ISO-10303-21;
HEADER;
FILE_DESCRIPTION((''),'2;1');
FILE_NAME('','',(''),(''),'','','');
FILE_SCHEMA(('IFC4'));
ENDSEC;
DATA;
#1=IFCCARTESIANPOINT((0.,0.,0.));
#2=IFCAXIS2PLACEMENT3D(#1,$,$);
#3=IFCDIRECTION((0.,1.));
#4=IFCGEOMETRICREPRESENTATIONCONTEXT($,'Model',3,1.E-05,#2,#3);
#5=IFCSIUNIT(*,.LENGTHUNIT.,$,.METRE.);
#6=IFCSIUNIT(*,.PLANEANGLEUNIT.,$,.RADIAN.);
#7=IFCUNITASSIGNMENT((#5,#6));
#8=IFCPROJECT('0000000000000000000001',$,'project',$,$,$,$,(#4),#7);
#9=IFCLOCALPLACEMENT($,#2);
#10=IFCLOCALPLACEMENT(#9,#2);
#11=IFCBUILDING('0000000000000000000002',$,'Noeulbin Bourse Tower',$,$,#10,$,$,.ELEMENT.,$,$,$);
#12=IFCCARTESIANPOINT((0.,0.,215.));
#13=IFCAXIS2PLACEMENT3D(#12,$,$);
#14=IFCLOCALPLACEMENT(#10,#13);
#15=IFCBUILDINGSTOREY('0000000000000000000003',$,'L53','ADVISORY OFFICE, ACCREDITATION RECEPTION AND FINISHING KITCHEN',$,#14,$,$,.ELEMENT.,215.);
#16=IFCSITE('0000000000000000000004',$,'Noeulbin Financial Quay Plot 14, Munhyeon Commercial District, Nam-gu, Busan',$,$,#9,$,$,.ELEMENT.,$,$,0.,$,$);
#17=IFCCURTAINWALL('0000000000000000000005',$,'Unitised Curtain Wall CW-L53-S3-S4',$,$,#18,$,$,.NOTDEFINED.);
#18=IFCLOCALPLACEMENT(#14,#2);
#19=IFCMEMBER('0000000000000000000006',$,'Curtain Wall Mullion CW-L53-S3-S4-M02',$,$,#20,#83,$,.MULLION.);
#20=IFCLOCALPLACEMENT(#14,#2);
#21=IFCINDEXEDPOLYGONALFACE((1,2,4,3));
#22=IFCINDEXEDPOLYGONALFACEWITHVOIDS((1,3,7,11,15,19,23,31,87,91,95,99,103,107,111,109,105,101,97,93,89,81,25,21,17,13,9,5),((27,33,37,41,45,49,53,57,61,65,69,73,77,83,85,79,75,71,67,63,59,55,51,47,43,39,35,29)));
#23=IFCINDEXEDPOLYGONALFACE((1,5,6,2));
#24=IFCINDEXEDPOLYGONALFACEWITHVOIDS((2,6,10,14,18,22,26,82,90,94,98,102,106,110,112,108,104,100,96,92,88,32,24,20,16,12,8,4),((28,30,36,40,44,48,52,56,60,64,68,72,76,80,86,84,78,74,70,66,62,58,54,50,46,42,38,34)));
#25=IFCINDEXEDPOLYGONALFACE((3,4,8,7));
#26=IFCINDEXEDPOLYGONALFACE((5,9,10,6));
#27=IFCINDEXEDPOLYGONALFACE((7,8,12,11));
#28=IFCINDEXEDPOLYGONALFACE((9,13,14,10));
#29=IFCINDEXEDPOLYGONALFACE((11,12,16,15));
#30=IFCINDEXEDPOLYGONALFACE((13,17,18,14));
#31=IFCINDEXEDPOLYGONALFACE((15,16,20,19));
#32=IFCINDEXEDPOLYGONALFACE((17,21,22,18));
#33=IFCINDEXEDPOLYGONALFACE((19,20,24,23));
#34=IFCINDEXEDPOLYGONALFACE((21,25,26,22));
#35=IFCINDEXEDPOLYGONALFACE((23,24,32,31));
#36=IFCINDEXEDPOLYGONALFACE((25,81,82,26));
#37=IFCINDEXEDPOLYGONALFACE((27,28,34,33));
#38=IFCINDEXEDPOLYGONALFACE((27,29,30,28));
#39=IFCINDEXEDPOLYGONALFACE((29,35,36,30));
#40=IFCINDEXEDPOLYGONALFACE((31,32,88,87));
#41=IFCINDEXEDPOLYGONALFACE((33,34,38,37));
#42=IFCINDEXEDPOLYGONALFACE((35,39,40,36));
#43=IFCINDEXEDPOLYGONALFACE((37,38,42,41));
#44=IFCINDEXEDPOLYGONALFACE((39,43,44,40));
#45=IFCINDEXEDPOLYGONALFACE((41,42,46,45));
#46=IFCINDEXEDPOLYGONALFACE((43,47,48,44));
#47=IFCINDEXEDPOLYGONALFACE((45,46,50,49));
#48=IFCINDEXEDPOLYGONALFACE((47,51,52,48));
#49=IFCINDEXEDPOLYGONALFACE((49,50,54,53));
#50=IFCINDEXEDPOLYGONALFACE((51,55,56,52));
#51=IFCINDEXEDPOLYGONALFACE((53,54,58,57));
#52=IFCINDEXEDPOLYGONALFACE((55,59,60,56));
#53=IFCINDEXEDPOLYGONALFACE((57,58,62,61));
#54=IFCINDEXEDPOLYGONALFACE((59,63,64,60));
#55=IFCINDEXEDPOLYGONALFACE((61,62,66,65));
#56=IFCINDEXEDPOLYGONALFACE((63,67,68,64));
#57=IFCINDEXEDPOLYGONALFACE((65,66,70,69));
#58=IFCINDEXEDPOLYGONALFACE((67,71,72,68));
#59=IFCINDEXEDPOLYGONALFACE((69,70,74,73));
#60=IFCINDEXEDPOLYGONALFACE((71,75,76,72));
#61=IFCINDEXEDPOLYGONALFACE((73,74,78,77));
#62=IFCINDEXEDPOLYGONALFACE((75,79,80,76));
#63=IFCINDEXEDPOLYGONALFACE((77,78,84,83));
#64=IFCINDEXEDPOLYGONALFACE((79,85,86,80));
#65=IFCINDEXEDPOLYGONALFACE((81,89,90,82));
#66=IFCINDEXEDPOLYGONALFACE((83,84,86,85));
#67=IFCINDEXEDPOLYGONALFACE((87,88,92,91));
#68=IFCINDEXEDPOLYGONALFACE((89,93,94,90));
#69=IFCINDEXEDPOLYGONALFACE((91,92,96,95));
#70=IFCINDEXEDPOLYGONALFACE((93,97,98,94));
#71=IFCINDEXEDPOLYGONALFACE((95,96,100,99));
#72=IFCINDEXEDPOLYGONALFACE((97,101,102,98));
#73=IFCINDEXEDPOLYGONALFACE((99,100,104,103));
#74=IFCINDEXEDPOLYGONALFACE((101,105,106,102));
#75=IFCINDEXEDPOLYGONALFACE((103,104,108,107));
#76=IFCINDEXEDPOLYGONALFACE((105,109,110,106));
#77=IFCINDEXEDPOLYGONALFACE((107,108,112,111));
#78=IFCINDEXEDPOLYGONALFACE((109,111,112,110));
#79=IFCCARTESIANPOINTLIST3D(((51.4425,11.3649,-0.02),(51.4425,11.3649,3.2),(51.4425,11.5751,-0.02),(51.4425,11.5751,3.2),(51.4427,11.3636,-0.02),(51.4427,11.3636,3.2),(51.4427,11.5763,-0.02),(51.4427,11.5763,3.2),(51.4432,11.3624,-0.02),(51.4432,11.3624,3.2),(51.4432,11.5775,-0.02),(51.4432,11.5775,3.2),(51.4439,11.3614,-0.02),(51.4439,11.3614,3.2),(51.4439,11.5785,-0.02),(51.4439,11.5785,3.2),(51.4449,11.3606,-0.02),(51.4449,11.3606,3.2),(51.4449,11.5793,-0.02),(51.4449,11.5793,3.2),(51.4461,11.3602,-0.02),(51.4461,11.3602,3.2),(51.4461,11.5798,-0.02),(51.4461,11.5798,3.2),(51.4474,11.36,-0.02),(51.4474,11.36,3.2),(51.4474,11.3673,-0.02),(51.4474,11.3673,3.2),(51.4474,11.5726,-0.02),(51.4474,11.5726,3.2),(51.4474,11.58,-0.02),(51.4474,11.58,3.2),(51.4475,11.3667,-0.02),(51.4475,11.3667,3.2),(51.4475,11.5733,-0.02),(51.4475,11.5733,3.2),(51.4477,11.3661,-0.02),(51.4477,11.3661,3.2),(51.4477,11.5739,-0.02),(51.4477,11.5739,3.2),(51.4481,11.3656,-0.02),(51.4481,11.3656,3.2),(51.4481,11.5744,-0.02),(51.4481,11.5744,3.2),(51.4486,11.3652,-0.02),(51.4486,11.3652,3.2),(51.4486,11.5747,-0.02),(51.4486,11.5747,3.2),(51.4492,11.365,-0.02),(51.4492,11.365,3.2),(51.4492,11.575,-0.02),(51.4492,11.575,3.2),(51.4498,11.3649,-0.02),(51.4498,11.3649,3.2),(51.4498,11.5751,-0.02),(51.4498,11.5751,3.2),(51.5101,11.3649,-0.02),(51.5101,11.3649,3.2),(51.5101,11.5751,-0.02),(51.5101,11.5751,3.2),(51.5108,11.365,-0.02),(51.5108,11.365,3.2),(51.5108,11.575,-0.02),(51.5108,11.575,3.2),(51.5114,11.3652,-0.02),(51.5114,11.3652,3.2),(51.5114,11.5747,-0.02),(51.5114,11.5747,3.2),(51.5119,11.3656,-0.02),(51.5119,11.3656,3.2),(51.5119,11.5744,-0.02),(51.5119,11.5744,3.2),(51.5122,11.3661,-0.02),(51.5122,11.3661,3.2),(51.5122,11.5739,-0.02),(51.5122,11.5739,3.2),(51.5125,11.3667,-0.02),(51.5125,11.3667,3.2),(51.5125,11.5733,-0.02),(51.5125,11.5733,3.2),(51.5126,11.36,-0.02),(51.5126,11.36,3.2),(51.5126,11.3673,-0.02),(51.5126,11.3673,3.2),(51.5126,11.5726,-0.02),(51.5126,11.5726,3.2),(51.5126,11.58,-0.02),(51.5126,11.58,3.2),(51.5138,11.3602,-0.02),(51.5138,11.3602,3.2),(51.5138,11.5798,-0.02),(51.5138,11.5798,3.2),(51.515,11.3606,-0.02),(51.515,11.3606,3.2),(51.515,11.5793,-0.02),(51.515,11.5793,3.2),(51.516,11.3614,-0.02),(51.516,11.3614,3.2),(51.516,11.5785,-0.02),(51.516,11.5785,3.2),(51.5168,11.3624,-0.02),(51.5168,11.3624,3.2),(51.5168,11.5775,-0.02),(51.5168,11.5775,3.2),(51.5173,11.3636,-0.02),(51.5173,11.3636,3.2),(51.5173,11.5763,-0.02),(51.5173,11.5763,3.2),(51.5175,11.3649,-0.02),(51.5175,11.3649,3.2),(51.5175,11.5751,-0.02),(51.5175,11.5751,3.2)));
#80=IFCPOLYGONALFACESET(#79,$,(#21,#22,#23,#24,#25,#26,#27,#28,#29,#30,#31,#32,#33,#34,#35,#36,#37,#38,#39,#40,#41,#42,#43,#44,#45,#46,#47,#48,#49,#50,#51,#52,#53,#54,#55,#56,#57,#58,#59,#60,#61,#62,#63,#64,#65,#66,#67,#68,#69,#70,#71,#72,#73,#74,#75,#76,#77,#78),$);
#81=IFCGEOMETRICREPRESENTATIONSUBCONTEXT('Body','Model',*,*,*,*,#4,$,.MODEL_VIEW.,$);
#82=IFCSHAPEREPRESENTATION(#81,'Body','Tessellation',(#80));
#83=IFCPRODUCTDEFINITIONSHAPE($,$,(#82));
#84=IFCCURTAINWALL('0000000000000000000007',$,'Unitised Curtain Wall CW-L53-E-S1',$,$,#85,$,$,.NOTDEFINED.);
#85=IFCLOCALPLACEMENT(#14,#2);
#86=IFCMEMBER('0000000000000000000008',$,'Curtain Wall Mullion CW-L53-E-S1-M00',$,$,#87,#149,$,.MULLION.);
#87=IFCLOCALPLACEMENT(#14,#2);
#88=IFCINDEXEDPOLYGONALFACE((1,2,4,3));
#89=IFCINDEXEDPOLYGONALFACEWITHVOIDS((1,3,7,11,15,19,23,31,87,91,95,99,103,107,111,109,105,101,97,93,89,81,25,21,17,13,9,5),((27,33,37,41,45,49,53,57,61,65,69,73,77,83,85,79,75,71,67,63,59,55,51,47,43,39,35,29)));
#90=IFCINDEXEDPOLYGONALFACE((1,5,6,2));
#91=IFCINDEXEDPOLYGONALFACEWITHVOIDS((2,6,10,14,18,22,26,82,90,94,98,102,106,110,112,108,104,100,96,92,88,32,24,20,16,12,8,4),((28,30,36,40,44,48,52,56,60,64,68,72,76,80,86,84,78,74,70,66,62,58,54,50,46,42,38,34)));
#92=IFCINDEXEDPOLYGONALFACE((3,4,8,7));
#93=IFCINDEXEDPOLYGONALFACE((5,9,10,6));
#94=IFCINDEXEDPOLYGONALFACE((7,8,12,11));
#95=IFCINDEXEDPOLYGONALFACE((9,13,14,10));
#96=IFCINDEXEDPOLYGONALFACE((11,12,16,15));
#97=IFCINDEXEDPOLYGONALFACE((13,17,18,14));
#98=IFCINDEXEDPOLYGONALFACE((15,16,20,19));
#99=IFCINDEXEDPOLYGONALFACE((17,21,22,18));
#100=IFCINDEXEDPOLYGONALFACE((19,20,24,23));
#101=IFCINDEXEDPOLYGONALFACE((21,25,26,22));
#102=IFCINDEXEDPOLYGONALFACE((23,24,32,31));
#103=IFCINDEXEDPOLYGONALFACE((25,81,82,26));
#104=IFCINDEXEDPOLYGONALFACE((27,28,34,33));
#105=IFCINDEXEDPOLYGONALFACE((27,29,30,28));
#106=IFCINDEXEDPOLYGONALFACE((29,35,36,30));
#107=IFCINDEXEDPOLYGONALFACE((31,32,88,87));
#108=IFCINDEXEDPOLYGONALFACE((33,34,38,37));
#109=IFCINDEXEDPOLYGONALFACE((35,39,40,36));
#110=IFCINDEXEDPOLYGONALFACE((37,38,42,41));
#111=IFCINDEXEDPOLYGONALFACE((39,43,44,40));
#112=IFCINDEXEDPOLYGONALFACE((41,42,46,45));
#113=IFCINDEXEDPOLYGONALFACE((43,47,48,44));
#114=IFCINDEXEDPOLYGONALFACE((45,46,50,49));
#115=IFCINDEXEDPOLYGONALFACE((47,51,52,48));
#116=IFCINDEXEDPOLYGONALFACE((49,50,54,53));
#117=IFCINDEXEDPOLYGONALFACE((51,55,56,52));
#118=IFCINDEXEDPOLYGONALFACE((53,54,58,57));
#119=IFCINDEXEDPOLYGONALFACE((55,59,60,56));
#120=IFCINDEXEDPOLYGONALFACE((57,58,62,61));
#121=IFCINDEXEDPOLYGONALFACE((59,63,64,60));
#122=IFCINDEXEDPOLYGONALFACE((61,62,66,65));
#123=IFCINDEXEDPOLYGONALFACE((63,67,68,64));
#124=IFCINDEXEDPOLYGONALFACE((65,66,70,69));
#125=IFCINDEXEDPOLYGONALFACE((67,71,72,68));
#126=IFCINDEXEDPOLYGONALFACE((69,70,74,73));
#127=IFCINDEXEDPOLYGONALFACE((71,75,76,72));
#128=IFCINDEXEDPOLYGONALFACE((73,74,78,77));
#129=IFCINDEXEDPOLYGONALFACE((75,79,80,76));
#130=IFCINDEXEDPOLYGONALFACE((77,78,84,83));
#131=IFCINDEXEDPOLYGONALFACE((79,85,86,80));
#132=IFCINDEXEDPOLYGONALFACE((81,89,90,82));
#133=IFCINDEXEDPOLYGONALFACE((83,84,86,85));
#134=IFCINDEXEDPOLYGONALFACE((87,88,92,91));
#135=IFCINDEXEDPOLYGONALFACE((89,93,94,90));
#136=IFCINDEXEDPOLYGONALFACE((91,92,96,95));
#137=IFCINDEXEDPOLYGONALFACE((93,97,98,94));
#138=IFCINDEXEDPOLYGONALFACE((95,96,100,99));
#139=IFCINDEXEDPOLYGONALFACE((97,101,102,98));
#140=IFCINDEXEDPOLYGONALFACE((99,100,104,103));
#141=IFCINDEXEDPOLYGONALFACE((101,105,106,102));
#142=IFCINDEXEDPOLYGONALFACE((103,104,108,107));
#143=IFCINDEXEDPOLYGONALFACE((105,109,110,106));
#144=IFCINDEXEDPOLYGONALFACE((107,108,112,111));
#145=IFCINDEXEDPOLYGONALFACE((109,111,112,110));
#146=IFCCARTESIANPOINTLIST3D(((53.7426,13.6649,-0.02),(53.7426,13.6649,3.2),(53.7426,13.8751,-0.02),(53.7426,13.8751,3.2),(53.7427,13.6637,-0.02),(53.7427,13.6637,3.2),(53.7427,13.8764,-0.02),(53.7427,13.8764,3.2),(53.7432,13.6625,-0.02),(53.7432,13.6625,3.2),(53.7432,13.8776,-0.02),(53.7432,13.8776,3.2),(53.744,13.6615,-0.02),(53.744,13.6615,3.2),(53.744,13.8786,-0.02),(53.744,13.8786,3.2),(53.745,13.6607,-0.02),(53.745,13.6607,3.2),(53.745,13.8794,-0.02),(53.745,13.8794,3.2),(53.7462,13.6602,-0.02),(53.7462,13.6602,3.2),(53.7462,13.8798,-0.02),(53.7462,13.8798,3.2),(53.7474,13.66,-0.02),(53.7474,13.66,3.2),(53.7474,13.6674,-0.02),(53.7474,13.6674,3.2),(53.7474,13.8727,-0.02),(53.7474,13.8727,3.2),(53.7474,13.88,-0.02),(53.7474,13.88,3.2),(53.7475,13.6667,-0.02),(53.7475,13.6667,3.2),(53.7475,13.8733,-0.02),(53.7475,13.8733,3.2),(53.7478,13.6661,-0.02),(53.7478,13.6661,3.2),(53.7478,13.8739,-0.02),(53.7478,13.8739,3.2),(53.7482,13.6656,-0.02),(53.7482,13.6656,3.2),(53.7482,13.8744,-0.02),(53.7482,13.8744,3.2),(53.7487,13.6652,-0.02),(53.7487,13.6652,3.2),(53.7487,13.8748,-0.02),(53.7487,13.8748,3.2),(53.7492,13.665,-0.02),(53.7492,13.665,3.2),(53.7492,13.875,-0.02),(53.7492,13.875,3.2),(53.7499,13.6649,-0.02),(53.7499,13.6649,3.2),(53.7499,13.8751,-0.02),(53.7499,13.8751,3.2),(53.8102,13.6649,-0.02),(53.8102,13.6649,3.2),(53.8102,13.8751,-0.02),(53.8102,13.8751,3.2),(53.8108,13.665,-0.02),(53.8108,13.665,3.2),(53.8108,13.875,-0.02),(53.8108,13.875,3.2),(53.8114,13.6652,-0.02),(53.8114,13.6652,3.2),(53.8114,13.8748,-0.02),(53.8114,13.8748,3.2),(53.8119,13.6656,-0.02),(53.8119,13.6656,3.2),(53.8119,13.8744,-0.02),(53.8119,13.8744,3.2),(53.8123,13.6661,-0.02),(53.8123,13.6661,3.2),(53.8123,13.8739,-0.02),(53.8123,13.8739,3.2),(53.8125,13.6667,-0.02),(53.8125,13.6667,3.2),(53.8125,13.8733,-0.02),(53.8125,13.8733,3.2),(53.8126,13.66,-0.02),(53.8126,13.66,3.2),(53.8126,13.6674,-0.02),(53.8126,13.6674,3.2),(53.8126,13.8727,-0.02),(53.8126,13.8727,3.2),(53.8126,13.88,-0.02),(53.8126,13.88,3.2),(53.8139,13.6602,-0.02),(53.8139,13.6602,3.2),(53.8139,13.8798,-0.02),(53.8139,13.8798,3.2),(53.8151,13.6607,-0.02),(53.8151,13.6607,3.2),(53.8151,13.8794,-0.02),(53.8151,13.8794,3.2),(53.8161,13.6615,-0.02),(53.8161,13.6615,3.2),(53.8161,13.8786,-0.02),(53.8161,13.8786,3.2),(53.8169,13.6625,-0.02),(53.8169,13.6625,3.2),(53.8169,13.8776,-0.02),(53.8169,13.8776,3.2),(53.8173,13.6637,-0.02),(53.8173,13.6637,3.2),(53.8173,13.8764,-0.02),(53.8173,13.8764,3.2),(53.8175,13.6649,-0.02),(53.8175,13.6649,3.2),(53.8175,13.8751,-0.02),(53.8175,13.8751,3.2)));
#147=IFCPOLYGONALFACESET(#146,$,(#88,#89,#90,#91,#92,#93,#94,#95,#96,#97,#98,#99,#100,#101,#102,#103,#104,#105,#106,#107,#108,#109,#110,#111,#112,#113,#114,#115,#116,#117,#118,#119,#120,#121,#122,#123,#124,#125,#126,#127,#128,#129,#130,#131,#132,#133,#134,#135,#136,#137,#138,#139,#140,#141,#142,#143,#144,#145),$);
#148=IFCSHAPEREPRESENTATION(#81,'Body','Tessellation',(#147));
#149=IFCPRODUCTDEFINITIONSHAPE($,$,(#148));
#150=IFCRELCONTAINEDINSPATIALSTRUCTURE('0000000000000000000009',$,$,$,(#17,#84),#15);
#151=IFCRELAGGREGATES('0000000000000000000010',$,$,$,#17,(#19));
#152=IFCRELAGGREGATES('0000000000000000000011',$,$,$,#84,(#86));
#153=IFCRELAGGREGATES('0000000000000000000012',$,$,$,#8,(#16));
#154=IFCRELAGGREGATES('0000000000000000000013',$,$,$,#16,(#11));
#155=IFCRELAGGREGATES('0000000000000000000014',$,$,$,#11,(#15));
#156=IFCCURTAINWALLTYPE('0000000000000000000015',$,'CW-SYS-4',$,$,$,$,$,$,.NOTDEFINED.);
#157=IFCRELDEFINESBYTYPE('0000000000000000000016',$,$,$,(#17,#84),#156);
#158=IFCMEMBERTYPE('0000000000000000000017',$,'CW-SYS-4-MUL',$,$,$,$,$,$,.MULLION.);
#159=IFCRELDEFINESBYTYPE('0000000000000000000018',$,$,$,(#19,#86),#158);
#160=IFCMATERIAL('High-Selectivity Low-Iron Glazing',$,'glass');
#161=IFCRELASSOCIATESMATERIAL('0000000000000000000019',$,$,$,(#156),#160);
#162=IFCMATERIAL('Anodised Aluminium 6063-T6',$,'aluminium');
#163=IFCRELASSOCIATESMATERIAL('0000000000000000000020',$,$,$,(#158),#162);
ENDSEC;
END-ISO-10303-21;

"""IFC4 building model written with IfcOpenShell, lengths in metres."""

from ifc_helpers import new_model, si_unit, direction, frame, origin, origin_2d, place, context, subcontext, project, spatial, hollow_rectangle, extrude, material, material_profile, profile_set, type_object, element, aggregate, save


model = new_model("IFC4")

# Units and contexts
model_context = context("Model", 3, precision=1e-05, world=origin(), true_north=direction((0.0, 1.0)))
body_context = subcontext(model_context, "Body", "Model", "MODEL_VIEW")
ifc_project = project(units=[si_unit("LENGTHUNIT", "METRE"), si_unit("PLANEANGLEUNIT", "RADIAN")], contexts=[model_context])

# Site, building, storey
site_placement = place(None, origin())
site = spatial("IfcSite", under=ifc_project, at=site_placement, Name="Noeulbin Financial Quay Plot 14, Munhyeon Commercial District, Nam-gu, Busan", CompositionType="ELEMENT", RefElevation=0.0)
building_placement = place(site_placement, origin())
building = spatial("IfcBuilding", under=site, at=building_placement, Name="Noeulbin Bourse Tower", CompositionType="ELEMENT")
storey_placement = place(building_placement, frame((0.0, 0.0, 215.0)))
storey = spatial("IfcBuildingStorey", under=building, at=storey_placement, Name="L53", Description="ADVISORY OFFICE, ACCREDITATION RECEPTION AND FINISHING KITCHEN", CompositionType="ELEMENT", Elevation=215.0)

# Curtain walls, members
ifc_material_1 = material(Name="High-Selectivity Low-Iron Glazing", Category="glass")
curtain_wall_type = type_object("IfcCurtainWallType", Name="CW-SYS-4", PredefinedType="NOTDEFINED", material=ifc_material_1)
ifc_material_2 = material(Name="Anodised Aluminium 6063-T6", Category="aluminium")
ifc_material_profile_1 = material_profile(ifc_material_2, hollow_rectangle(XDim=0.075, YDim=0.22, WallThickness=0.0049, InnerFilletRadius=0.0024, OuterFilletRadius=0.0049, at=origin_2d()), Name="ALU-MULL-75x220x5", Category="LoadBearing")
ifc_profile_set_1 = profile_set([ifc_material_profile_1], Name="Anodised Aluminium 6063-T6")
member_type_1 = type_object("IfcMemberType", Name="CW-SYS-4-MUL", PredefinedType="MULLION", material=ifc_profile_set_1)
curtain_wall_1_placement = place(storey_placement, origin())
curtain_wall_1 = element("IfcCurtainWall", 1, at=curtain_wall_1_placement, inside=storey, type_object=curtain_wall_type, Name="Unitised Curtain Wall CW-L53-S3-S4", PredefinedType="NOTDEFINED")
member_1_placement = place(storey_placement, frame((51.48, 11.47, -0.02), z_axis=(0.0, 0.0, 1.0), x_axis=(1.0, 0.0, 0.0)))
member_1 = element("IfcMember", 2, at=member_1_placement, type_object=member_type_1, Name="Curtain Wall Mullion CW-L53-S3-S4-M02", PredefinedType="MULLION", context=body_context, shape_type="SweptSolid", body=[
    extrude(hollow_rectangle(XDim=0.075, YDim=0.22, WallThickness=0.0049, InnerFilletRadius=0.0024, OuterFilletRadius=0.0049, at=origin_2d()), origin(), (0.0, 0.0, 1.0), 3.22),
])
curtain_wall_2_placement = place(storey_placement, origin())
curtain_wall_2 = element("IfcCurtainWall", 3, at=curtain_wall_2_placement, inside=storey, type_object=curtain_wall_type, Name="Unitised Curtain Wall CW-L53-E-S1", PredefinedType="NOTDEFINED")
member_2_placement = place(storey_placement, frame((53.78, 13.77, -0.02), z_axis=(0.0, 0.0, 1.0), x_axis=(1.0, 0.0, 0.0)))
member_2 = element("IfcMember", 4, at=member_2_placement, type_object=member_type_1, Name="Curtain Wall Mullion CW-L53-E-S1-M00", PredefinedType="MULLION", context=body_context, shape_type="SweptSolid", body=[
    extrude(hollow_rectangle(XDim=0.075, YDim=0.22, WallThickness=0.0049, InnerFilletRadius=0.0024, OuterFilletRadius=0.0049, at=origin_2d()), origin(), (0.0, 0.0, 1.0), 3.22),
])

aggregate(curtain_wall_1, [member_1])
aggregate(curtain_wall_2, [member_2])

save(model, "model.ifc")
